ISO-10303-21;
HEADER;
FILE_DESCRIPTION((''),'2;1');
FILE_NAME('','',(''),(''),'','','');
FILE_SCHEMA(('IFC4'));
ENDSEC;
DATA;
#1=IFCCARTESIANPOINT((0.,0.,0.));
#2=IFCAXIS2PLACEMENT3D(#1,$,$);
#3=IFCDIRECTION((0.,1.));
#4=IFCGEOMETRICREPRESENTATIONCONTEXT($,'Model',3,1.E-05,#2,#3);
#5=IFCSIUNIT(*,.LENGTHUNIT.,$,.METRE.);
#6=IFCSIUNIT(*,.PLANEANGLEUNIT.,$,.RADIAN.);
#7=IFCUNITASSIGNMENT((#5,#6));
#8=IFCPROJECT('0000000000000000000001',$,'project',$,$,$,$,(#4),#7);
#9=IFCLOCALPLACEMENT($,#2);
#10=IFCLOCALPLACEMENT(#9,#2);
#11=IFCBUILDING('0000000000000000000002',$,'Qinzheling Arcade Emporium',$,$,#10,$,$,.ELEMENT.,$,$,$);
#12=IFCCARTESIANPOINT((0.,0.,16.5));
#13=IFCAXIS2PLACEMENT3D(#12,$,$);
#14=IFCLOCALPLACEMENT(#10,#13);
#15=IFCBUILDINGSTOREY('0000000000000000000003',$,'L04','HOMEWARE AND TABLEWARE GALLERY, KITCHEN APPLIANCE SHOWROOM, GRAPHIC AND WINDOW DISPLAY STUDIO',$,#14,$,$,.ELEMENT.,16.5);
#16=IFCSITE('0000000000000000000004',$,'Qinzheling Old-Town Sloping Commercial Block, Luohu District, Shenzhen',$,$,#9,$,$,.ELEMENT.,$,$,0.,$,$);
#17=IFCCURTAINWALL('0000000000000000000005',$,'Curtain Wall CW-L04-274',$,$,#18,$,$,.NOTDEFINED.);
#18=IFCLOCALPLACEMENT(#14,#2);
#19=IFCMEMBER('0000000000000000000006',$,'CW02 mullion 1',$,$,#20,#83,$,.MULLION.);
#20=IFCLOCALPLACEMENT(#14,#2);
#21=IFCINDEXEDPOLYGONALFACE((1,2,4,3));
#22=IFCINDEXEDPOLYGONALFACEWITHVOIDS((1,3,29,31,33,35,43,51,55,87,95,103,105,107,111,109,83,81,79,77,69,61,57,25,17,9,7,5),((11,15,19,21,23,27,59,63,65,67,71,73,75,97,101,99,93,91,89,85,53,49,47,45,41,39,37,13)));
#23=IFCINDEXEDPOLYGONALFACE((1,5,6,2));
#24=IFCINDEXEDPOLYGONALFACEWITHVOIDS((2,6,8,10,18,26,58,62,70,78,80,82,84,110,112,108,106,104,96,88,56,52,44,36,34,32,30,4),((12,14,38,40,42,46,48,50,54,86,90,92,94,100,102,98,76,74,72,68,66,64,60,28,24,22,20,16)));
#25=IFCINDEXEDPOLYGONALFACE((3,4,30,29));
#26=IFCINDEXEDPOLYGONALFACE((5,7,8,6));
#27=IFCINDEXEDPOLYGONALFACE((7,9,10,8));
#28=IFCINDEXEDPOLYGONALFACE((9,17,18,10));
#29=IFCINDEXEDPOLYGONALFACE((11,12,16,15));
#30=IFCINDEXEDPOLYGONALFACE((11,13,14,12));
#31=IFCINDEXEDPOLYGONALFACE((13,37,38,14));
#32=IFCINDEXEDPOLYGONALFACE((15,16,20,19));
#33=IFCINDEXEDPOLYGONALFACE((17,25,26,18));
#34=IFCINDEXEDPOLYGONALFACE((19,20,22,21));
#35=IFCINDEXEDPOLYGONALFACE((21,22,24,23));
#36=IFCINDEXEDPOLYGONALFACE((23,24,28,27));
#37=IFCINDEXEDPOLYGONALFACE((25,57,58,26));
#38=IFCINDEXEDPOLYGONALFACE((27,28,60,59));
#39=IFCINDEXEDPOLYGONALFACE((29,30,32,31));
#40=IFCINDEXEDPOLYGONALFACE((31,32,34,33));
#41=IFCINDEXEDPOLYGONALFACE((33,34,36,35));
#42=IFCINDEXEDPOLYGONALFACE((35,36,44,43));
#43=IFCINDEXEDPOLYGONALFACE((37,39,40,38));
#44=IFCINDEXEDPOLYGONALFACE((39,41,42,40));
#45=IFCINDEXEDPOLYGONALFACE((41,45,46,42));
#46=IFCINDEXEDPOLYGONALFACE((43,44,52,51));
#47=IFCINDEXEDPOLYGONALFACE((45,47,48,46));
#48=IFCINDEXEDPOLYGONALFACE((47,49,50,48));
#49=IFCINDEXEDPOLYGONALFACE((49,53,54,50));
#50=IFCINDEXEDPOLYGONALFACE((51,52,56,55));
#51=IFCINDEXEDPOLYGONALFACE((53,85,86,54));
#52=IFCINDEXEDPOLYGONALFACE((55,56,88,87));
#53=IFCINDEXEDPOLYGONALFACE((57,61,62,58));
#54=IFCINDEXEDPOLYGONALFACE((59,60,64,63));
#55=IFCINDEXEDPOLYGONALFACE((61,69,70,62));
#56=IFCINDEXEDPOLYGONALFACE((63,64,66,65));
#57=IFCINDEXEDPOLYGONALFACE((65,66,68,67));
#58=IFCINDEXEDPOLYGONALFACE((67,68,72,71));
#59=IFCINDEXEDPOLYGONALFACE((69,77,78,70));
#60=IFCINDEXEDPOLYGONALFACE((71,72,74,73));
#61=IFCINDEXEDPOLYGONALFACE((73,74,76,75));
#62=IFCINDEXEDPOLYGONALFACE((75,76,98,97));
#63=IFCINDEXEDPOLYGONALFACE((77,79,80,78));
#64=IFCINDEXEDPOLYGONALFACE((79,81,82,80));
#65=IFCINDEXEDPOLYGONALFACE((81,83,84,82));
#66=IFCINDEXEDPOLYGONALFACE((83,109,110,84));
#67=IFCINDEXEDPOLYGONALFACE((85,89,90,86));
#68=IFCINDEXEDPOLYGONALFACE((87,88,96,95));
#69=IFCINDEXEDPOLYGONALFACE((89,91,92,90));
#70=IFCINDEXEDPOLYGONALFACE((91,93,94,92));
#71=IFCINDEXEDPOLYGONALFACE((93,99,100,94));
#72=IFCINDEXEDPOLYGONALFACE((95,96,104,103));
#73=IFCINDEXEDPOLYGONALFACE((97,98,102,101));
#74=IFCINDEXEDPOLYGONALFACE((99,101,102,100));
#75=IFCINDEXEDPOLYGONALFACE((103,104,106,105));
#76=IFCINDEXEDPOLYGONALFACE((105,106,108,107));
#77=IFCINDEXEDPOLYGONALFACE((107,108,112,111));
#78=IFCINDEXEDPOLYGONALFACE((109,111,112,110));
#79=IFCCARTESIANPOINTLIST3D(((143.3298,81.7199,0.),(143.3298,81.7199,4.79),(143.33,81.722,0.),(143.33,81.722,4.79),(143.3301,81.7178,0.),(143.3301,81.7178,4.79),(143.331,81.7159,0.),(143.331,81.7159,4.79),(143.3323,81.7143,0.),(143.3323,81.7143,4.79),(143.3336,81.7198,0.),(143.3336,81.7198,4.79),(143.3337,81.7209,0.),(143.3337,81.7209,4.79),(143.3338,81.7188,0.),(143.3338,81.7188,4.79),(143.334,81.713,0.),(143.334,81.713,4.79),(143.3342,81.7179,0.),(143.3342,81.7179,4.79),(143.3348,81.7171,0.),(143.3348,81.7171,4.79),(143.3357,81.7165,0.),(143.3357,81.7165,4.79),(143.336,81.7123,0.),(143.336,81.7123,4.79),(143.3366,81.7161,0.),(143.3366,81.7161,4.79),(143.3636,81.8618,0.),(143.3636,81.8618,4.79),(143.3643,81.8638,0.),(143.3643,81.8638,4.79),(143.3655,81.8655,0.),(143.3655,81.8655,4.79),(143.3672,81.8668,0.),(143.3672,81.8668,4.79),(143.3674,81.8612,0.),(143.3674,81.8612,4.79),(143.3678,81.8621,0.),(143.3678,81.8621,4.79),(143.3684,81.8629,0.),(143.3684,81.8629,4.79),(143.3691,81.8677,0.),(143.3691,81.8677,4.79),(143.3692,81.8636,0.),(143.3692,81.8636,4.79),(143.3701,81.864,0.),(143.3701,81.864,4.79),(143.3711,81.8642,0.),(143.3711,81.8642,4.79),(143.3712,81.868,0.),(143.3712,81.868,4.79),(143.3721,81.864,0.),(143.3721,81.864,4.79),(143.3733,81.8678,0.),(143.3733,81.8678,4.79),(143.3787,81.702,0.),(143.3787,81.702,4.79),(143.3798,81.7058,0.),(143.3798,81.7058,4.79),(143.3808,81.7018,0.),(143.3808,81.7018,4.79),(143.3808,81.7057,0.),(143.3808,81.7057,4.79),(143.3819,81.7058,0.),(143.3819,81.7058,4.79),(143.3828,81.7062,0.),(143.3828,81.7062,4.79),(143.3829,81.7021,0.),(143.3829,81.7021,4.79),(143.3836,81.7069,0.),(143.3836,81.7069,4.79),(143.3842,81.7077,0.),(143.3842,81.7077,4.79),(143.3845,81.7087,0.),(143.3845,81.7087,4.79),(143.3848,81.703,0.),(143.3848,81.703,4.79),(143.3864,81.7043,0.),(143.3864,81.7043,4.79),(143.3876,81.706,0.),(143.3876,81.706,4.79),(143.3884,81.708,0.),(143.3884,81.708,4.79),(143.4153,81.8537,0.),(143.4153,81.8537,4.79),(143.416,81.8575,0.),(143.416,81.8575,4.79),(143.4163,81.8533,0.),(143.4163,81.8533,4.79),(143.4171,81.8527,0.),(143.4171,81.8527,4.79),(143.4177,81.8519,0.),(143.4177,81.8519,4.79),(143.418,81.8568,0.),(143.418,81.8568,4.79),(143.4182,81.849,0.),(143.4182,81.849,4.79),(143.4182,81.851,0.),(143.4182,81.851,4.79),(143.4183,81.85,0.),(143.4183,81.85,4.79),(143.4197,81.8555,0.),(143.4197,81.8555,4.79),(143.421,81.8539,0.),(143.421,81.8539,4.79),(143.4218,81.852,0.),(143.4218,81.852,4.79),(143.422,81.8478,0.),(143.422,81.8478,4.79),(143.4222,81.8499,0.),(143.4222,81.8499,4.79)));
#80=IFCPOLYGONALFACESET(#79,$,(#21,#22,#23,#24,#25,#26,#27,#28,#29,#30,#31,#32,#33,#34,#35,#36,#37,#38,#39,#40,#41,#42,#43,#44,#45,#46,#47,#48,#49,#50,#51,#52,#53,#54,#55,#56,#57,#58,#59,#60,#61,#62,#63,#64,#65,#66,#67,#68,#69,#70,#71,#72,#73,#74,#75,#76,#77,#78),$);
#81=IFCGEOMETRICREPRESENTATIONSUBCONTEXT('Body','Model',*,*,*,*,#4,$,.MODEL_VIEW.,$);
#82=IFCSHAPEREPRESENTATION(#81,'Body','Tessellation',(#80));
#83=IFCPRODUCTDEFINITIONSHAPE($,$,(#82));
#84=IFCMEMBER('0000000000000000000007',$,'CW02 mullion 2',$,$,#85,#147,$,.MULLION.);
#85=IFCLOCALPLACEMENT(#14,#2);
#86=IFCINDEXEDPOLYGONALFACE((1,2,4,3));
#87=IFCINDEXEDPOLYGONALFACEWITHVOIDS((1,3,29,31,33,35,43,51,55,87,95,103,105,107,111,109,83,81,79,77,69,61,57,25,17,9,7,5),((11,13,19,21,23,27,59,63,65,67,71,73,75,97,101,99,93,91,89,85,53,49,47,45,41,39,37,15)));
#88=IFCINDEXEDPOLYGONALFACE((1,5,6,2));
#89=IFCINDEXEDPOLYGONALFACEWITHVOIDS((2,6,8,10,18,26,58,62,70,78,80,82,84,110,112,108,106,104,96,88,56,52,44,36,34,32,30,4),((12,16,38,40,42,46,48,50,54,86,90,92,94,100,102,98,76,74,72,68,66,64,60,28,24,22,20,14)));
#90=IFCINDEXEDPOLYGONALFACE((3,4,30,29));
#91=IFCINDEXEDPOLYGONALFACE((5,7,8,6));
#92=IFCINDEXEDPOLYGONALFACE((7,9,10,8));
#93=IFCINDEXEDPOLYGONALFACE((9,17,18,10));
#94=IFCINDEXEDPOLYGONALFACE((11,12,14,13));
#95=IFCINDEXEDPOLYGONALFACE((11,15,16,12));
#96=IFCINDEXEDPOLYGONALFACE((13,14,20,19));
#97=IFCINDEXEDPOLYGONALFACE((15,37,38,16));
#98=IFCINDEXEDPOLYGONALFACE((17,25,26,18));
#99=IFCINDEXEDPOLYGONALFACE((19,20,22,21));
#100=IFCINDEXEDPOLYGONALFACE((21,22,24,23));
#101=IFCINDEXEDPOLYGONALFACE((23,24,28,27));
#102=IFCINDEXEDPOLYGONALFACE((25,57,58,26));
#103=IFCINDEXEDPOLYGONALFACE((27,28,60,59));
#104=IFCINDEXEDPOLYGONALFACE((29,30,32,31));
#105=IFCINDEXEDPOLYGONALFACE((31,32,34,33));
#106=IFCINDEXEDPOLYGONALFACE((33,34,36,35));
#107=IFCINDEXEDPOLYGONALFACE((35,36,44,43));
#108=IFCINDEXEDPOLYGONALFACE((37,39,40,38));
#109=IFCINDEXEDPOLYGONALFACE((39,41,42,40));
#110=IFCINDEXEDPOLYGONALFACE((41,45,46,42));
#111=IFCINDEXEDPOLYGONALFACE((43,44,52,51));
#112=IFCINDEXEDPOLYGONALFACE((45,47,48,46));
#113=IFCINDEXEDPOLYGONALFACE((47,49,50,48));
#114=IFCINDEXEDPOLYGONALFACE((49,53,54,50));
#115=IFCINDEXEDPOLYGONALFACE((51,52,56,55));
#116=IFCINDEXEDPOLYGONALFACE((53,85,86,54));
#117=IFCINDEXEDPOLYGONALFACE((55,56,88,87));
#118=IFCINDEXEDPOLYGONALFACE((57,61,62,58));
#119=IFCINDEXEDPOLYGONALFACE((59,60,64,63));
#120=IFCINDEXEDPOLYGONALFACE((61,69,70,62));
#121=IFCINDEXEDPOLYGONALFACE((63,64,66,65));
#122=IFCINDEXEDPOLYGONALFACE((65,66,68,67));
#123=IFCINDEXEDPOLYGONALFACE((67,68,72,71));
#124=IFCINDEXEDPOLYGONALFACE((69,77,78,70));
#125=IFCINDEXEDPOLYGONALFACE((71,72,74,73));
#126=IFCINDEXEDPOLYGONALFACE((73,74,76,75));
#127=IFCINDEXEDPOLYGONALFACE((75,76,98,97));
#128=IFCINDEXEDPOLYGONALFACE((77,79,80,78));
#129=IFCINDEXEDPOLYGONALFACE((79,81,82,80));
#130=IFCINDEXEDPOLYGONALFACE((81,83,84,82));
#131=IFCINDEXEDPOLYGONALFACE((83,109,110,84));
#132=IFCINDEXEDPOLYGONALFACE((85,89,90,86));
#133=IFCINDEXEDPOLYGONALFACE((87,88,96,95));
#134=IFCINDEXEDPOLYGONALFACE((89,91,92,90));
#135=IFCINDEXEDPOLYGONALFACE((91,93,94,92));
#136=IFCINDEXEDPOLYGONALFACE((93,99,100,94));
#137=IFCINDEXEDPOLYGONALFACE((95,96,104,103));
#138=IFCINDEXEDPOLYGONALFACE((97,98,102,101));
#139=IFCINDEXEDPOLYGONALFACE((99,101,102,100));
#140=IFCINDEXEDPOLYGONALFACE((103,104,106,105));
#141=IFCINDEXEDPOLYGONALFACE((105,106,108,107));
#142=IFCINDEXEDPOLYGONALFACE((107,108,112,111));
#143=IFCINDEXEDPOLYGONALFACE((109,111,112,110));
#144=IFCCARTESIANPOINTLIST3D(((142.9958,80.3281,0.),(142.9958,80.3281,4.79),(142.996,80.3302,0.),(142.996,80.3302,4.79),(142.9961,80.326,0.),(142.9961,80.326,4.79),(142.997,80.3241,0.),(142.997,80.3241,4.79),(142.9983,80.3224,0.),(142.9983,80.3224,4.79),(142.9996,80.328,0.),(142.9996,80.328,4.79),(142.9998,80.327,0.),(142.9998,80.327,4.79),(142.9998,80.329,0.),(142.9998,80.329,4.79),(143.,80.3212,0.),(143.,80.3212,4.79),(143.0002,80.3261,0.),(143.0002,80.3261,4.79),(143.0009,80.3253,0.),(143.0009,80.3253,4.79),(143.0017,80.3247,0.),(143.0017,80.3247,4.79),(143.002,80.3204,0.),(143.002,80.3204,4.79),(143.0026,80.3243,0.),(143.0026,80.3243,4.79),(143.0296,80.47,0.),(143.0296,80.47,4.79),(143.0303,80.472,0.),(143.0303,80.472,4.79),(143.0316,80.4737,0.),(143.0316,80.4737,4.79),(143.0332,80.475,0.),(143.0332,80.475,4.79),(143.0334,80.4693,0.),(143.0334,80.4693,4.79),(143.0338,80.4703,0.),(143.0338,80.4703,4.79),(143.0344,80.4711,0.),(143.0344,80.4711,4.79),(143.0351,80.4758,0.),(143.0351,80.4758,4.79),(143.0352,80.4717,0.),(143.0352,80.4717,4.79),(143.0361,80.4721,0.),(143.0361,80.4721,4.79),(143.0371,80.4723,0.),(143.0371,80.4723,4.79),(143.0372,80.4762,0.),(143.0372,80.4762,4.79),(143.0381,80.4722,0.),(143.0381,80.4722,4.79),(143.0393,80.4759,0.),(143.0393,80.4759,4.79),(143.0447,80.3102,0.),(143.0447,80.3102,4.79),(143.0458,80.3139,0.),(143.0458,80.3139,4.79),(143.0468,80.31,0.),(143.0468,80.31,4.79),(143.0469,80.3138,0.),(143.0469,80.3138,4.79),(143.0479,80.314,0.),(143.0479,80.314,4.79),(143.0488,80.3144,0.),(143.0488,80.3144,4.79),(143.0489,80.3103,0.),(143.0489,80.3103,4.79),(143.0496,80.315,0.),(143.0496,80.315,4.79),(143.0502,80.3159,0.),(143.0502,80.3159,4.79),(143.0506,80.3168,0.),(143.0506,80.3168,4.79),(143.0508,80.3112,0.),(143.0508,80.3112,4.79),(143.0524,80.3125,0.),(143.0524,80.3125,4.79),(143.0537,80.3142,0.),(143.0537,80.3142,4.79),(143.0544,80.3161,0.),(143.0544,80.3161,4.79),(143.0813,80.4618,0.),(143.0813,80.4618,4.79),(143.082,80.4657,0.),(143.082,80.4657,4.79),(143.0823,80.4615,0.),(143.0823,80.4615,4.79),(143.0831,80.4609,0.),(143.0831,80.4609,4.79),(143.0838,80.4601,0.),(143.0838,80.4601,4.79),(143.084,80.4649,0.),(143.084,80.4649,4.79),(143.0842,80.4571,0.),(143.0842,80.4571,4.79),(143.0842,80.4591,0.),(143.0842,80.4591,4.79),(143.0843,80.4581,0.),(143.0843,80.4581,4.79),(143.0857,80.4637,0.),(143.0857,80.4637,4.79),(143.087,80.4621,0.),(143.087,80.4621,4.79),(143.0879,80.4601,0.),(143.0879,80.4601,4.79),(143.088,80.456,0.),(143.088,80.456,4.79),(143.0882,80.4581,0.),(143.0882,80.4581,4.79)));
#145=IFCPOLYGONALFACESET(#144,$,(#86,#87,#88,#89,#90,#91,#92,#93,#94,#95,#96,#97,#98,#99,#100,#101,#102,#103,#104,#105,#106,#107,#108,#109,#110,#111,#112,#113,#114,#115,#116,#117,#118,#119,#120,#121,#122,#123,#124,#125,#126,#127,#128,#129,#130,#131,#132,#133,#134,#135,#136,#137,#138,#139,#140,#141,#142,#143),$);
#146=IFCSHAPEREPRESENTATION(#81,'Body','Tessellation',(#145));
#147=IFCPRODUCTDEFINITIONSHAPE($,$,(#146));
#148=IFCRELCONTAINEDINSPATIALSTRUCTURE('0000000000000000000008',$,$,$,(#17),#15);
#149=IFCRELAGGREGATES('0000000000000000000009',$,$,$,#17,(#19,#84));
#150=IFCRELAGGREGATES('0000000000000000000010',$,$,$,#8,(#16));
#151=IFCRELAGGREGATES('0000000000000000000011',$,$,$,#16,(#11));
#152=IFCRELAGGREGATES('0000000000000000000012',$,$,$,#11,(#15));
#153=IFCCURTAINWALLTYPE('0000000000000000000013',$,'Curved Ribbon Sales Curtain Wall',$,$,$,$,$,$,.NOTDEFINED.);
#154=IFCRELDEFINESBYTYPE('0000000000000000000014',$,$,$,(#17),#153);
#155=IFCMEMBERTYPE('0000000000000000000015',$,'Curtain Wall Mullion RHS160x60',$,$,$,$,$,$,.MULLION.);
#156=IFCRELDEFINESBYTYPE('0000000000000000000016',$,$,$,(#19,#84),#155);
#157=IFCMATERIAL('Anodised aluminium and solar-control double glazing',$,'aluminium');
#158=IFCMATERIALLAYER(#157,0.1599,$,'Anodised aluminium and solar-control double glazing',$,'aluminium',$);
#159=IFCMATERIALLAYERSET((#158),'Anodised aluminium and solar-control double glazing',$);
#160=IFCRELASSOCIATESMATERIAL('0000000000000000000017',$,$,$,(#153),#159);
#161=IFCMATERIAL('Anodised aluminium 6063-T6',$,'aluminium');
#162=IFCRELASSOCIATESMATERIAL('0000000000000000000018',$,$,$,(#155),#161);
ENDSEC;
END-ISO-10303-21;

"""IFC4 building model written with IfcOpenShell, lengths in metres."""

from ifc_helpers import new_model, si_unit, direction, frame, origin, origin_2d, place, context, subcontext, project, spatial, hollow_rectangle, extrude, material, layer, layer_set, material_profile, profile_set, type_object, element, aggregate, save


model = new_model("IFC4")

# Units and contexts
model_context = context("Model", 3, precision=1e-05, world=origin(), true_north=direction((0.0, 1.0)))
body_context = subcontext(model_context, "Body", "Model", "MODEL_VIEW")
ifc_project = project(units=[si_unit("LENGTHUNIT", "METRE"), si_unit("PLANEANGLEUNIT", "RADIAN")], contexts=[model_context])

# Site, building, storey
site_placement = place(None, origin())
site = spatial("IfcSite", under=ifc_project, at=site_placement, Name="Qinzheling Old-Town Sloping Commercial Block, Luohu District, Shenzhen", CompositionType="ELEMENT", RefElevation=0.0)
building_placement = place(site_placement, origin())
building = spatial("IfcBuilding", under=site, at=building_placement, Name="Qinzheling Arcade Emporium", CompositionType="ELEMENT")
storey_placement = place(building_placement, frame((0.0, 0.0, 16.5)))
storey = spatial("IfcBuildingStorey", under=building, at=storey_placement, Name="L04", Description="HOMEWARE AND TABLEWARE GALLERY, KITCHEN APPLIANCE SHOWROOM, GRAPHIC AND WINDOW DISPLAY STUDIO", CompositionType="ELEMENT", Elevation=16.5)

# Curtain wall, members
ifc_material_1 = material(Name="Anodised aluminium and solar-control double glazing", Category="aluminium")
ifc_layer_1 = layer(ifc_material_1, 0.1599, Name="Anodised aluminium and solar-control double glazing", Category="aluminium")
ifc_layer_set_1 = layer_set([ifc_layer_1], Name="Anodised aluminium and solar-control double glazing")
curtain_wall_type = type_object("IfcCurtainWallType", Name="Curved Ribbon Sales Curtain Wall", PredefinedType="NOTDEFINED", material=ifc_layer_set_1)
curtain_wall_1_placement = place(storey_placement, origin())
curtain_wall_1 = element("IfcCurtainWall", 1, at=curtain_wall_1_placement, inside=storey, type_object=curtain_wall_type, Name="Curtain Wall CW-L04-274", PredefinedType="NOTDEFINED")
ifc_material_2 = material(Name="Anodised aluminium 6063-T6", Category="aluminium")
ifc_material_profile_1 = material_profile(ifc_material_2, hollow_rectangle(XDim=0.0601, YDim=0.1599, WallThickness=0.0039, InnerFilletRadius=0.0039, OuterFilletRadius=0.0081, at=origin_2d()), Name="RHS 160x60x4", Category="aluminium")
ifc_profile_set_1 = profile_set([ifc_material_profile_1], Name="Anodised aluminium 6063-T6")
member_type_1 = type_object("IfcMemberType", Name="Curtain Wall Mullion RHS160x60", PredefinedType="MULLION", material=ifc_profile_set_1)
member_1_placement = place(storey_placement, frame((143.376, 81.7849, 0.0), z_axis=(0.0, 0.0, 1.0), x_axis=(0.972387, -0.233373, 0.0)))
member_1 = element("IfcMember", 2, at=member_1_placement, type_object=member_type_1, Name="CW02 mullion 1", PredefinedType="MULLION", context=body_context, shape_type="SweptSolid", body=[
    extrude(hollow_rectangle(XDim=0.0601, YDim=0.1599, WallThickness=0.0039, InnerFilletRadius=0.0039, OuterFilletRadius=0.0081, at=origin_2d()), origin(), (0.0, 0.0, 1.0), 4.79),
])
member_2_placement = place(storey_placement, frame((143.042, 80.3931, 0.0), z_axis=(0.0, 0.0, 1.0), x_axis=(0.972387, -0.233373, 0.0)))
member_2 = element("IfcMember", 3, at=member_2_placement, type_object=member_type_1, Name="CW02 mullion 2", PredefinedType="MULLION", context=body_context, shape_type="SweptSolid", body=[
    extrude(hollow_rectangle(XDim=0.0601, YDim=0.1599, WallThickness=0.0039, InnerFilletRadius=0.0039, OuterFilletRadius=0.0081, at=origin_2d()), origin(), (0.0, 0.0, 1.0), 4.79),
])

aggregate(curtain_wall_1, [member_1, member_2])

save(model, "model.ifc")
